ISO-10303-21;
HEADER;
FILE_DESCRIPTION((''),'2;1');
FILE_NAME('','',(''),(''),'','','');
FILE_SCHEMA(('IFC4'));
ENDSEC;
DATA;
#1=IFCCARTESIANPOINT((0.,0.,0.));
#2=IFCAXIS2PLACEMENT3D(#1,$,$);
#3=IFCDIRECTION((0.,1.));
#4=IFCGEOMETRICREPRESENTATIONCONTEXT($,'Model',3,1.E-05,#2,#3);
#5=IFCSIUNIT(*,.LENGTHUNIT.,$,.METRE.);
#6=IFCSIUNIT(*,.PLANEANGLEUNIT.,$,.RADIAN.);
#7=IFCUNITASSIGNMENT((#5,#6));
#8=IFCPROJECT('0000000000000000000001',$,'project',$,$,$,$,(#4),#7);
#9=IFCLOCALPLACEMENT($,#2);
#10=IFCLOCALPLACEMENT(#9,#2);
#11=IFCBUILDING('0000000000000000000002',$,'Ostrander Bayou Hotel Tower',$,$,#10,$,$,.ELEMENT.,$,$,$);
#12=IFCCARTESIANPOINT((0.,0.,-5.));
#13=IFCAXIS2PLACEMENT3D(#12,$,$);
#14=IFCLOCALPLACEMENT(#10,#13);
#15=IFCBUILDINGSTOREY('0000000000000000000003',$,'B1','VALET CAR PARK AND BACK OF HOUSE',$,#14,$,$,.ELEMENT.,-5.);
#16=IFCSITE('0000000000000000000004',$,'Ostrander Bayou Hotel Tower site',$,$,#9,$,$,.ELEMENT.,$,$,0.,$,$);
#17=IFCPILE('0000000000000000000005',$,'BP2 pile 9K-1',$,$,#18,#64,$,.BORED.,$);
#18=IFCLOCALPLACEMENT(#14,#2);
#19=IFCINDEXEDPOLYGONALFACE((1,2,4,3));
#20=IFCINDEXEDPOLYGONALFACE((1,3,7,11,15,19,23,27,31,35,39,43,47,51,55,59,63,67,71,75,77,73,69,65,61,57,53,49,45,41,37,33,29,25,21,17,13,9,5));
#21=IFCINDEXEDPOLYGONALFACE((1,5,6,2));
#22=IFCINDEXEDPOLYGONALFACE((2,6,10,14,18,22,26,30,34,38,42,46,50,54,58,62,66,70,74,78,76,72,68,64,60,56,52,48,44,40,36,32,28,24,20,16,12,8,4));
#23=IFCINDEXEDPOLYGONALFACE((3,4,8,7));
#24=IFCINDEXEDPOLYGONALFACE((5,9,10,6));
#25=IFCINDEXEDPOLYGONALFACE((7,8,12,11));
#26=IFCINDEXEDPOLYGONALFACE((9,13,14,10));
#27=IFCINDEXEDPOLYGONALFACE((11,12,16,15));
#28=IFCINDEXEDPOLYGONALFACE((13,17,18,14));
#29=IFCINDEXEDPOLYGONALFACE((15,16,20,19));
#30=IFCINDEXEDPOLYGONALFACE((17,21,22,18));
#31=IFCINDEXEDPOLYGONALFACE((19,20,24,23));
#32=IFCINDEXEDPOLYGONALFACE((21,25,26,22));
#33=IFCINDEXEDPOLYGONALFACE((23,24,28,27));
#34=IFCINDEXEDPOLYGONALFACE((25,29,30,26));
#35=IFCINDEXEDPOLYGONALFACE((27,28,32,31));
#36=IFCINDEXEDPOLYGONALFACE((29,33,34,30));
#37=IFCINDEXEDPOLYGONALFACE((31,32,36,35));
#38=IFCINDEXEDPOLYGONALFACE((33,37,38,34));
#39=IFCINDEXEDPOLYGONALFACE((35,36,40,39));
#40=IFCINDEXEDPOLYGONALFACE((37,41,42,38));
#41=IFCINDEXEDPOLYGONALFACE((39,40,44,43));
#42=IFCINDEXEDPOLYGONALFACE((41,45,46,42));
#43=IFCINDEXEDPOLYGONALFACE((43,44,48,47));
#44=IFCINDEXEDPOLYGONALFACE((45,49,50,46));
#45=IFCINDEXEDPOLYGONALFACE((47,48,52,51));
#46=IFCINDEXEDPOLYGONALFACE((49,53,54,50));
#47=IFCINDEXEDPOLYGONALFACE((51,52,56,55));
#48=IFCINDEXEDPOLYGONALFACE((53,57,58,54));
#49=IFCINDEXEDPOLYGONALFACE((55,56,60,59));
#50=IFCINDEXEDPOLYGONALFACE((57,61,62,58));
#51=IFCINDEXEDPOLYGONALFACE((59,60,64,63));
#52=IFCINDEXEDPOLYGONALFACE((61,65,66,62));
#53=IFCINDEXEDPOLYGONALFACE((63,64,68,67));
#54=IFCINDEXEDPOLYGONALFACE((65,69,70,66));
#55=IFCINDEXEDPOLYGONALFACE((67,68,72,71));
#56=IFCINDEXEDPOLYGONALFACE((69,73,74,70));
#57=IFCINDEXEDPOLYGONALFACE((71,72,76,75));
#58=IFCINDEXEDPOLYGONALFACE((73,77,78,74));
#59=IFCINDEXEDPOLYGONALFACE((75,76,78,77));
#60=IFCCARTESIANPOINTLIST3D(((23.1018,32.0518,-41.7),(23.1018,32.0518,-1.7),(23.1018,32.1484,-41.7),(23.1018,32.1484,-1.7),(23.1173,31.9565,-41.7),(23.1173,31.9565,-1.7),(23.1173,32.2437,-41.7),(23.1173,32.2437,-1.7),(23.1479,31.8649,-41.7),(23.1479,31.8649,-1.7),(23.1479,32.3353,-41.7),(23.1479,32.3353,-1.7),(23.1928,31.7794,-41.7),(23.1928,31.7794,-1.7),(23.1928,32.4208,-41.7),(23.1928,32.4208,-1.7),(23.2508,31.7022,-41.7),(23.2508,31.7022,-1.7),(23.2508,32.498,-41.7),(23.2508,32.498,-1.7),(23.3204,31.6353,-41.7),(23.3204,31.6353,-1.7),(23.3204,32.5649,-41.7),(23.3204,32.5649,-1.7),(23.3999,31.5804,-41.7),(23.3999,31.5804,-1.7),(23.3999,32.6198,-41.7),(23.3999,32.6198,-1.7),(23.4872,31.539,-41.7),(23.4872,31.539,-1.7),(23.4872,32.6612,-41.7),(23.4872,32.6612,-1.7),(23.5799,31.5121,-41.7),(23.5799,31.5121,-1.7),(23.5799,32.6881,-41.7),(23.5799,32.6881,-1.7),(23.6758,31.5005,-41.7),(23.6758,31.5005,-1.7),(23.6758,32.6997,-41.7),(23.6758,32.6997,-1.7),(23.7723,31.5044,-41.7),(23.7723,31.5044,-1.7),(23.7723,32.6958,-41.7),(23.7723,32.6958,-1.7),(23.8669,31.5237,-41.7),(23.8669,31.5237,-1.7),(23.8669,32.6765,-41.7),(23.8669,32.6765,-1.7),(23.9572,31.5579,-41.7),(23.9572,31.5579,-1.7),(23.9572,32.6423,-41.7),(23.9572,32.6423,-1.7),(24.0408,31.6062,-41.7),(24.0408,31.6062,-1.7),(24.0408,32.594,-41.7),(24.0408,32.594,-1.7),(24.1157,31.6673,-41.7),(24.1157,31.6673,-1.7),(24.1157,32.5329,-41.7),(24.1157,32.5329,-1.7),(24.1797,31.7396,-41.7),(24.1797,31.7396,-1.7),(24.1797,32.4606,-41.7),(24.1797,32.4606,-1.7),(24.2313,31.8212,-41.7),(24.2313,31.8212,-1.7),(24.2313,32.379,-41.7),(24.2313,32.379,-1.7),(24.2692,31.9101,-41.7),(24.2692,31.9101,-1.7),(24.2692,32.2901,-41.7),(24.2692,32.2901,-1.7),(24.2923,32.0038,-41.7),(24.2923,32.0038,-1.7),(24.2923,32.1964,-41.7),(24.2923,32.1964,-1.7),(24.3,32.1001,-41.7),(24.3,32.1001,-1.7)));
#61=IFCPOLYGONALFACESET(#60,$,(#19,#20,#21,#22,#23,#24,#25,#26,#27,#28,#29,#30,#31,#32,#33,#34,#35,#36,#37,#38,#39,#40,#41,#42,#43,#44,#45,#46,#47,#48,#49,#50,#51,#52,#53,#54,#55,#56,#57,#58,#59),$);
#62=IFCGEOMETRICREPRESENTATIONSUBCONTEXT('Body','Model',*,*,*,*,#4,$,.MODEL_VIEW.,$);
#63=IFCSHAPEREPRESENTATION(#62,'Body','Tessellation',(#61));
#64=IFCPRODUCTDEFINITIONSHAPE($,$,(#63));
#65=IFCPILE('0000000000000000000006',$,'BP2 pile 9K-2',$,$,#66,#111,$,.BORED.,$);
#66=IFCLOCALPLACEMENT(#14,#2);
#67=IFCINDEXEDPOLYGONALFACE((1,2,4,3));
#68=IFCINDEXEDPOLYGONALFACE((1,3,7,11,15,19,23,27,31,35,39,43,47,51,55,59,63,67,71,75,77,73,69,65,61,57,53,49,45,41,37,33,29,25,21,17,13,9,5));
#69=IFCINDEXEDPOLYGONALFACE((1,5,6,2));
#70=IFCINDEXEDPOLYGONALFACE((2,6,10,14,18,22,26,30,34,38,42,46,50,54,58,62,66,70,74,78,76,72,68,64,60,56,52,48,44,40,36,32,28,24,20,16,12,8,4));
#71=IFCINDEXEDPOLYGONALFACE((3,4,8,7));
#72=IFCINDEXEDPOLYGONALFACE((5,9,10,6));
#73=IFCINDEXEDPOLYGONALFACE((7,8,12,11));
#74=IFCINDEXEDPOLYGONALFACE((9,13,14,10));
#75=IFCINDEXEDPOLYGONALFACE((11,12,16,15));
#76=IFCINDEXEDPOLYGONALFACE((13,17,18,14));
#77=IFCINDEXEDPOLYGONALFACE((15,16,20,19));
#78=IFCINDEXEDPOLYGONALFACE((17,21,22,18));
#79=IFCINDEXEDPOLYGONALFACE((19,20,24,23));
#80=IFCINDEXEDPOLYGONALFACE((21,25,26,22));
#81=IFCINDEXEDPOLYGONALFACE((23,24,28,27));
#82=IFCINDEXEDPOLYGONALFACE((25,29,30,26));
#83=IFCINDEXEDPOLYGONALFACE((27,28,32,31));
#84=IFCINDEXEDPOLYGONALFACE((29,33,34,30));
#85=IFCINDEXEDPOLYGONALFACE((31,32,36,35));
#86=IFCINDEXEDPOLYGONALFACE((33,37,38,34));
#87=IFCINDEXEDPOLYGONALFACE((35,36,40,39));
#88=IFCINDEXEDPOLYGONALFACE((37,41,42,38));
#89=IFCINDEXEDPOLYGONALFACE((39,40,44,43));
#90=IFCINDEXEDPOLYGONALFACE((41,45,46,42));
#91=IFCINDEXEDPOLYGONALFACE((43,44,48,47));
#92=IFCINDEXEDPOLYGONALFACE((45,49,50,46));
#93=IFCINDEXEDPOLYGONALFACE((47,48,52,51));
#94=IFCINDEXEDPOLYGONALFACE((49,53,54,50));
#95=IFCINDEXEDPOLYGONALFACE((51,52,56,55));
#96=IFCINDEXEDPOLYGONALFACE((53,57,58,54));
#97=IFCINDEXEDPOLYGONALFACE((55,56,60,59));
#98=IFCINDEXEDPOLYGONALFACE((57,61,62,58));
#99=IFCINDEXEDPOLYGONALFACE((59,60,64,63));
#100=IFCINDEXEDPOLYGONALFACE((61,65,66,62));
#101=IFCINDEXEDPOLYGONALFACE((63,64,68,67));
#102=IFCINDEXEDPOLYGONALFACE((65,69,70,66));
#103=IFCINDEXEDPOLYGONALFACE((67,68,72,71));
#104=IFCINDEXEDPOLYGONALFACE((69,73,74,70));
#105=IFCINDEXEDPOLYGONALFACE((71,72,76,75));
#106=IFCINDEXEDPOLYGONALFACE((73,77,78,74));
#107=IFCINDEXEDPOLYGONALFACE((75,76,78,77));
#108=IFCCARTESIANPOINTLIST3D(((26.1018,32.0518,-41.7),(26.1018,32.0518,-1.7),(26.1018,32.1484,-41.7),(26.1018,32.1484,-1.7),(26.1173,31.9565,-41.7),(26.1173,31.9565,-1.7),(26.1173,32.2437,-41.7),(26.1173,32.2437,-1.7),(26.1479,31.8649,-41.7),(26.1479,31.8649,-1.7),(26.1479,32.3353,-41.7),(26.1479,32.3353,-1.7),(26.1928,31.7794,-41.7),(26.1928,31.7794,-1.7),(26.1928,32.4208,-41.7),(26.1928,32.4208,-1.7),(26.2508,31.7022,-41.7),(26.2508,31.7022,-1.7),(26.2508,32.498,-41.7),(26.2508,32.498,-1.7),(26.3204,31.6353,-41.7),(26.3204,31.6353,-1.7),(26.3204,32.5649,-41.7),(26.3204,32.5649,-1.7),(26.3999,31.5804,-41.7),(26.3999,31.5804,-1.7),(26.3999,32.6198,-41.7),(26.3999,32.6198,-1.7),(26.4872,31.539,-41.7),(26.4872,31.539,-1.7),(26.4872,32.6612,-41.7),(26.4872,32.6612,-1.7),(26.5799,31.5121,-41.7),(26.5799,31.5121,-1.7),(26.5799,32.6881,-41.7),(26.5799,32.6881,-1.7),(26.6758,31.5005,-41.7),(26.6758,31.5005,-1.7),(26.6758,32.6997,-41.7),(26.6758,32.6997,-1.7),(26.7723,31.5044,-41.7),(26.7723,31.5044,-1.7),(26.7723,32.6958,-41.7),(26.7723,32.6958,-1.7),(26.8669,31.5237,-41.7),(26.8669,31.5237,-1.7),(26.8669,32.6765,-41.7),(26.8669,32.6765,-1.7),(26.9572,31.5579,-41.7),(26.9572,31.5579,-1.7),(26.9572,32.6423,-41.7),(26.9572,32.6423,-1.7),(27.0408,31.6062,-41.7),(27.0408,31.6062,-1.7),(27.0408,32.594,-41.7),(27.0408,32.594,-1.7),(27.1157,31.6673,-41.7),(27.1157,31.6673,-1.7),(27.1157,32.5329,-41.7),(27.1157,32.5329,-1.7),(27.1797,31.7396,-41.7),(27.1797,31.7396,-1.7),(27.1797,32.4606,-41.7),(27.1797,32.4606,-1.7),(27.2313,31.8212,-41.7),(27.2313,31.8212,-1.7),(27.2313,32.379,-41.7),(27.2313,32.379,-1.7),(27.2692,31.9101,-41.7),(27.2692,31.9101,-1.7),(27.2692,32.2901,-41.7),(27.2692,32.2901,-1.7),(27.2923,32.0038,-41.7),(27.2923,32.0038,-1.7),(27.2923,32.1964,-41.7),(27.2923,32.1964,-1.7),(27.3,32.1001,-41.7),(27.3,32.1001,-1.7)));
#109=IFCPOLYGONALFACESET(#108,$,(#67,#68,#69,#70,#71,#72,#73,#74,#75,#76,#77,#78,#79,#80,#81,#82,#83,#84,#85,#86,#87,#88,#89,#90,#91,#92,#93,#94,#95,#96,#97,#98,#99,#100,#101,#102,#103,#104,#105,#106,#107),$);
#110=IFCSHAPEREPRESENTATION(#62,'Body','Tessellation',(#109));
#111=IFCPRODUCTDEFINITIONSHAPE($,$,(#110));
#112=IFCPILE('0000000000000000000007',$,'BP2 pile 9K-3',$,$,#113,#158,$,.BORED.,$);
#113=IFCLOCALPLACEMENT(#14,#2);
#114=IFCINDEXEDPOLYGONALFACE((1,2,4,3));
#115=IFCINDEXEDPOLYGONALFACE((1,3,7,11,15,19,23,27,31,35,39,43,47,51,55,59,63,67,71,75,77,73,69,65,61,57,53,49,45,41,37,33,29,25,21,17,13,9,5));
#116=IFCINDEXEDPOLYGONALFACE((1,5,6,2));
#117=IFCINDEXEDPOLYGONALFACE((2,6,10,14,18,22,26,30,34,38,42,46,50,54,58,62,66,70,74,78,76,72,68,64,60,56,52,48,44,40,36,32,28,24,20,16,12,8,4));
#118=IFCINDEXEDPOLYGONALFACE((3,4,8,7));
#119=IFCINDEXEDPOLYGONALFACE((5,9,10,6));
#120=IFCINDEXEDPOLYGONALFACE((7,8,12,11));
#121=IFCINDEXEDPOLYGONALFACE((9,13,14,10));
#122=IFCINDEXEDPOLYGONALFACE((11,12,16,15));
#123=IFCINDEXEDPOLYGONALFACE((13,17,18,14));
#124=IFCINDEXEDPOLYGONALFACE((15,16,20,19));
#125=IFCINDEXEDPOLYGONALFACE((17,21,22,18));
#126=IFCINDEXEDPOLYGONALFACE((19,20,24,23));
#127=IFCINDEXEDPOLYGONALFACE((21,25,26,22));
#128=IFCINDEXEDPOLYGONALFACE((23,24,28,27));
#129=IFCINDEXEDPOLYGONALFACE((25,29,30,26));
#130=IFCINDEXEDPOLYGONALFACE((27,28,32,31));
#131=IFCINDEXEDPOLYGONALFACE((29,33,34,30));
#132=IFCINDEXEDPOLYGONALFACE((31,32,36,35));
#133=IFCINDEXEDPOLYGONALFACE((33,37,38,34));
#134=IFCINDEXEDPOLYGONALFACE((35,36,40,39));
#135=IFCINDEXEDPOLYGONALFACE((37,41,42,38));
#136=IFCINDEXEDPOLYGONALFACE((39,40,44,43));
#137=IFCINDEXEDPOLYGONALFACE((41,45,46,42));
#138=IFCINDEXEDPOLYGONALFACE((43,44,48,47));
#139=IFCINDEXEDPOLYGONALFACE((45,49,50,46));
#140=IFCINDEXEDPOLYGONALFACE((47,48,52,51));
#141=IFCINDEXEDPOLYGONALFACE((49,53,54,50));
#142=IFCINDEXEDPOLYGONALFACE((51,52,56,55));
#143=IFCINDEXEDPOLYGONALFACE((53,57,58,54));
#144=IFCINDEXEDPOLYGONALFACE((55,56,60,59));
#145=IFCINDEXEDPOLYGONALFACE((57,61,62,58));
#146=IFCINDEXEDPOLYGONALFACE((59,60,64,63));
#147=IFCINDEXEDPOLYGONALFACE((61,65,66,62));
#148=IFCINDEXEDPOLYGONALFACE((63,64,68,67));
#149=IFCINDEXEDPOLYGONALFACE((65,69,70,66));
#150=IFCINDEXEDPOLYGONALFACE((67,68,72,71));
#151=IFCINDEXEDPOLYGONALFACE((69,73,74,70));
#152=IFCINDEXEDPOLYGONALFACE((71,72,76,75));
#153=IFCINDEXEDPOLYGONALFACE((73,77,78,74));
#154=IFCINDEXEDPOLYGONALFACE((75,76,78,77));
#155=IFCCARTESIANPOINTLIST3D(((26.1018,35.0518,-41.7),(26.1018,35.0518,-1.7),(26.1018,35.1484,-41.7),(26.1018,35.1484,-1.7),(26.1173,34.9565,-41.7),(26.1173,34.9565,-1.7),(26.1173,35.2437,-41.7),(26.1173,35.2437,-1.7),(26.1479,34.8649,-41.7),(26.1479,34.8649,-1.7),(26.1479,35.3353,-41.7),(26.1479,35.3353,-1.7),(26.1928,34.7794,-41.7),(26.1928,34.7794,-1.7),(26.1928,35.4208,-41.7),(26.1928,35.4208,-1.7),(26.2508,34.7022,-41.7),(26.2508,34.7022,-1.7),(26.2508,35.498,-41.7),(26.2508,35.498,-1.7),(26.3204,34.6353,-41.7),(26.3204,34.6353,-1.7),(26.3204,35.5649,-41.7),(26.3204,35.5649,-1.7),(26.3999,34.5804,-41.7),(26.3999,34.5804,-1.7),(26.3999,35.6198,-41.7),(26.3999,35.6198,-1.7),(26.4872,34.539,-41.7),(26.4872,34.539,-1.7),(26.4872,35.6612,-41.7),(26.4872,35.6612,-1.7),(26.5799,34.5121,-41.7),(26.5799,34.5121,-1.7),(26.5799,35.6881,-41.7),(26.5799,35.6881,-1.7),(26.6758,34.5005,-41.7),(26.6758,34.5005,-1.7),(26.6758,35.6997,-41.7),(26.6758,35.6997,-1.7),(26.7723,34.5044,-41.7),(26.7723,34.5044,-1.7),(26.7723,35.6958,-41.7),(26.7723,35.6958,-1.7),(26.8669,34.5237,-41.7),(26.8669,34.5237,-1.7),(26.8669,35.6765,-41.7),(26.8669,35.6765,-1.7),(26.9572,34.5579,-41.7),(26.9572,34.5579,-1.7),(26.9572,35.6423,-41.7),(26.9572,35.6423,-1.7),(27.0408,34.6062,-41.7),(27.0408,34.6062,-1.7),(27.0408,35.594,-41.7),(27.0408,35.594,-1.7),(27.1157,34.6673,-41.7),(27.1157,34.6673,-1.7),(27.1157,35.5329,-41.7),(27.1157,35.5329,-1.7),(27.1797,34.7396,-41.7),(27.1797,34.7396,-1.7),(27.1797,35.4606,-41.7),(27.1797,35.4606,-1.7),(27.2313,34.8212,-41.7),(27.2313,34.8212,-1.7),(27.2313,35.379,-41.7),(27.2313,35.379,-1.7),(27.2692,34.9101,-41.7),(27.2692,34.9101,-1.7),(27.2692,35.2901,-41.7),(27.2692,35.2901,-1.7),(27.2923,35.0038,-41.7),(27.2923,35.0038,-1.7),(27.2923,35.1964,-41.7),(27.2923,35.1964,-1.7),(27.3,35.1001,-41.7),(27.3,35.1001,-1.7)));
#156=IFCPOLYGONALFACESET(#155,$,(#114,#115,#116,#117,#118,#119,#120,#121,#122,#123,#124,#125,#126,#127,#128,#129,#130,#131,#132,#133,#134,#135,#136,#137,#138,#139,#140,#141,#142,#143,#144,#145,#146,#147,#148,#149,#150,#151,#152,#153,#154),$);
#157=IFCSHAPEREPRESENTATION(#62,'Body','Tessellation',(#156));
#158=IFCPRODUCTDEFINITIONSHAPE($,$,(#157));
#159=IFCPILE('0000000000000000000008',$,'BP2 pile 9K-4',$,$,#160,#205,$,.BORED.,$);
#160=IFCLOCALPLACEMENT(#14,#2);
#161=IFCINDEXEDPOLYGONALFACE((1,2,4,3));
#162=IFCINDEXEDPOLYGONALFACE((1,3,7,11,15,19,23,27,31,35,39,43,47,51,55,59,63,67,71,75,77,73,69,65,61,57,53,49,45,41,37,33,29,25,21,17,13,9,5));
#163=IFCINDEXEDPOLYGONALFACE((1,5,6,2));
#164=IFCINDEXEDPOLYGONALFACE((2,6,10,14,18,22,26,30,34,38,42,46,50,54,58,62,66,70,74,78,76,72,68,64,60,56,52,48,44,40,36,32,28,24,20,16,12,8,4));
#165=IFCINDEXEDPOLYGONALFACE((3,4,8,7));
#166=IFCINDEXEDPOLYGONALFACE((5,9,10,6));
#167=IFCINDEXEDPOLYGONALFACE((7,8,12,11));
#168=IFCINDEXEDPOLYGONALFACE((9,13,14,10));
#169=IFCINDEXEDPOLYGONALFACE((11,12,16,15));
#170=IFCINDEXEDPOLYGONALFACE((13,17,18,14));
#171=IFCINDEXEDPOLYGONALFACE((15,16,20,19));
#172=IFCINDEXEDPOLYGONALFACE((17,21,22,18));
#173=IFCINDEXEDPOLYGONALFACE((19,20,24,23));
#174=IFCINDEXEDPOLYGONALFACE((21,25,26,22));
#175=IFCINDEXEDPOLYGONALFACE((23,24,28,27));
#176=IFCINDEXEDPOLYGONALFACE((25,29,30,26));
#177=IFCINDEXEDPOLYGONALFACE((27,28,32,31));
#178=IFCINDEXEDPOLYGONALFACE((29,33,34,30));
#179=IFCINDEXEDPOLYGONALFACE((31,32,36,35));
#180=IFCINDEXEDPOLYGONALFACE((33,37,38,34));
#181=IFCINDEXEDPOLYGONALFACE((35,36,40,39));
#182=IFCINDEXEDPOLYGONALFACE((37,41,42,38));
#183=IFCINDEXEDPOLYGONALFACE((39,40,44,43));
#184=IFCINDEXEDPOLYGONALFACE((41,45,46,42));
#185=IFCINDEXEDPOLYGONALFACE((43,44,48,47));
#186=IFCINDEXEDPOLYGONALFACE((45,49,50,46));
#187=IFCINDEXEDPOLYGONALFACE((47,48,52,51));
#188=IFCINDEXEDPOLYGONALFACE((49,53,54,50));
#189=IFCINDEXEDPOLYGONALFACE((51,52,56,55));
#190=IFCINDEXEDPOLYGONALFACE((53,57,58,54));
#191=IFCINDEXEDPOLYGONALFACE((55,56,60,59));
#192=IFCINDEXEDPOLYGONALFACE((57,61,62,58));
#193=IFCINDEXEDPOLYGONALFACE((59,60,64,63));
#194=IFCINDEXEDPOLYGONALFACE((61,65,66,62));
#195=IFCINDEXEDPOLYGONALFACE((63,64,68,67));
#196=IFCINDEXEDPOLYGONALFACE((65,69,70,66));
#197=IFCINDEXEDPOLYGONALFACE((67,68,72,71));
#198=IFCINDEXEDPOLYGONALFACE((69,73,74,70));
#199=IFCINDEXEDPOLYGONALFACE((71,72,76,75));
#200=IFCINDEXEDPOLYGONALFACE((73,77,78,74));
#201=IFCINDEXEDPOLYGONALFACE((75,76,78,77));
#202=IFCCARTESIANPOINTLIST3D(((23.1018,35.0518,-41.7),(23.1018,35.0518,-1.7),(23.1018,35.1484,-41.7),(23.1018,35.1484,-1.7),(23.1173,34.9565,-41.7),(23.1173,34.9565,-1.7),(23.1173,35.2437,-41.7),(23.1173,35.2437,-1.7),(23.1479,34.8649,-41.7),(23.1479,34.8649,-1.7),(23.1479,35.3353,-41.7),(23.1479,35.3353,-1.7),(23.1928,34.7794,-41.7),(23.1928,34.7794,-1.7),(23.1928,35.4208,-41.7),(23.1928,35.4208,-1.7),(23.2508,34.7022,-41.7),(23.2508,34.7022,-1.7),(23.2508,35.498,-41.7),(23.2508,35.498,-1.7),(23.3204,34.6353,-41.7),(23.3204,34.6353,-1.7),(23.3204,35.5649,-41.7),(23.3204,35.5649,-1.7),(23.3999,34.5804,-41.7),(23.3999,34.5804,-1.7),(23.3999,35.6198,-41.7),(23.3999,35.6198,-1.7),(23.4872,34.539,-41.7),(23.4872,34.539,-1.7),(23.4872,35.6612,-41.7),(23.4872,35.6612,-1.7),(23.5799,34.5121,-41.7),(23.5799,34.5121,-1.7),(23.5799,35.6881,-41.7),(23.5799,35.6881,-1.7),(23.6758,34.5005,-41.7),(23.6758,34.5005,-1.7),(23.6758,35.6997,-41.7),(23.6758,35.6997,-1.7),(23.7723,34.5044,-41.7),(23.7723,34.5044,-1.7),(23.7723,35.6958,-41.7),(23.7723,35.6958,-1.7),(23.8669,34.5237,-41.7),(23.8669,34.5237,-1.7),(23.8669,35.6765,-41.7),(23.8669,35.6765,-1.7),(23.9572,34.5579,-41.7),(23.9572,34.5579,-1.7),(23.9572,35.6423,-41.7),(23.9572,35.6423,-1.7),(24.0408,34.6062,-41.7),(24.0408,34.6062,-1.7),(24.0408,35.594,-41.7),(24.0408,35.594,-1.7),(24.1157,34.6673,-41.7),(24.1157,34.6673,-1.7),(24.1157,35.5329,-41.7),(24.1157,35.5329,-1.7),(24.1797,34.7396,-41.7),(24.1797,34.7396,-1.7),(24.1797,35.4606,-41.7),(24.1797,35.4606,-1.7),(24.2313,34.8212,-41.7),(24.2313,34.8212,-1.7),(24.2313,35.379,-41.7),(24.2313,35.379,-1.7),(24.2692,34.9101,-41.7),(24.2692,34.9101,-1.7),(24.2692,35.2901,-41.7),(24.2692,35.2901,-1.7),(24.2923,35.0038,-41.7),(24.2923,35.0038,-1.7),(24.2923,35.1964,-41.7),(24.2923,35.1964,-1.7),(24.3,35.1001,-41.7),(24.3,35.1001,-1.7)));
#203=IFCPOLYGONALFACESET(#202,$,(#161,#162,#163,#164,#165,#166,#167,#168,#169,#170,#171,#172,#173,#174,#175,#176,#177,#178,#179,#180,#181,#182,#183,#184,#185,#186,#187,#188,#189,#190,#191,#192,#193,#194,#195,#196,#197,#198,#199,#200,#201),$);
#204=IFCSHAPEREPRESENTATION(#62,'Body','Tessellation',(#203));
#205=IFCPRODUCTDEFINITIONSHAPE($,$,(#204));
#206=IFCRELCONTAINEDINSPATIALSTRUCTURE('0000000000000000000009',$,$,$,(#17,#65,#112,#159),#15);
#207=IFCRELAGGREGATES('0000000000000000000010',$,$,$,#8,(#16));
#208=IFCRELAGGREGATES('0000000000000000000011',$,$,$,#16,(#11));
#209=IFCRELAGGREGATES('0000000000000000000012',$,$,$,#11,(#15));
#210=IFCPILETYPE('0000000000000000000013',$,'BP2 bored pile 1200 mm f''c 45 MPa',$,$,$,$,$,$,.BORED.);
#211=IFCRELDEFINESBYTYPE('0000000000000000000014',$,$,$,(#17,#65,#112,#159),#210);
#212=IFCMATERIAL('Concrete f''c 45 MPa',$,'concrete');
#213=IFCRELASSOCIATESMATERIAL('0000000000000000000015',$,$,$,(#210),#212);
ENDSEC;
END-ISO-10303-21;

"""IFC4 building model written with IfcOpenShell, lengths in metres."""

from ifc_helpers import new_model, si_unit, direction, frame, origin, origin_2d, place, context, subcontext, project, spatial, circle, extrude, material, material_profile, profile_set, type_object, element, save


model = new_model("IFC4")

# Units and contexts
model_context = context("Model", 3, precision=1e-05, world=origin(), true_north=direction((0.0, 1.0)))
body_context = subcontext(model_context, "Body", "Model", "MODEL_VIEW")
ifc_project = project(units=[si_unit("LENGTHUNIT", "METRE"), si_unit("PLANEANGLEUNIT", "RADIAN")], contexts=[model_context])

# Site, building, storey
site_placement = place(None, origin())
site = spatial("IfcSite", under=ifc_project, at=site_placement, Name="Ostrander Bayou Hotel Tower site", CompositionType="ELEMENT", RefElevation=0.0)
building_placement = place(site_placement, origin())
building = spatial("IfcBuilding", under=site, at=building_placement, Name="Ostrander Bayou Hotel Tower", CompositionType="ELEMENT")
storey_placement = place(building_placement, frame((0.0, 0.0, -5.0)))
storey = spatial("IfcBuildingStorey", under=building, at=storey_placement, Name="B1", Description="VALET CAR PARK AND BACK OF HOUSE", CompositionType="ELEMENT", Elevation=-5.0)

# Piles
ifc_material_1 = material(Name="Concrete f'c 45 MPa", Category="concrete")
ifc_material_profile_1 = material_profile(ifc_material_1, circle(Radius=0.6001, at=origin_2d()))
ifc_profile_set_1 = profile_set([ifc_material_profile_1], Name="Concrete f'c 45 MPa")
pile_type = type_object("IfcPileType", Name="BP2 bored pile 1200 mm f'c 45 MPa", PredefinedType="BORED", material=ifc_profile_set_1)
for number, where, z_axis, x_axis, name in (
    (1, (23.7, 32.1001, -1.7), (0.0, 0.0, -1.0), (1.0, 0.0, 0.0), "BP2 pile 9K-1"),
    (2, (26.7, 32.1001, -1.7), (0.0, 0.0, -1.0), (1.0, 0.0, 0.0), "BP2 pile 9K-2"),
    (3, (26.7, 35.1001, -1.7), (0.0, 0.0, -1.0), (1.0, 0.0, 0.0), "BP2 pile 9K-3"),
    (4, (23.7, 35.1001, -1.7), (0.0, 0.0, -1.0), (1.0, 0.0, 0.0), "BP2 pile 9K-4"),
):
    element("IfcPile", number, at=place(storey_placement, frame(where, z_axis=z_axis, x_axis=x_axis)), inside=storey, type_object=pile_type, Name=name, PredefinedType="BORED", context=body_context, shape_type="SweptSolid", body=[
        extrude(circle(Radius=0.6001, at=origin_2d()), origin(), (0.0, 0.0, 1.0), 40.0),
    ])

save(model, "model.ifc")
